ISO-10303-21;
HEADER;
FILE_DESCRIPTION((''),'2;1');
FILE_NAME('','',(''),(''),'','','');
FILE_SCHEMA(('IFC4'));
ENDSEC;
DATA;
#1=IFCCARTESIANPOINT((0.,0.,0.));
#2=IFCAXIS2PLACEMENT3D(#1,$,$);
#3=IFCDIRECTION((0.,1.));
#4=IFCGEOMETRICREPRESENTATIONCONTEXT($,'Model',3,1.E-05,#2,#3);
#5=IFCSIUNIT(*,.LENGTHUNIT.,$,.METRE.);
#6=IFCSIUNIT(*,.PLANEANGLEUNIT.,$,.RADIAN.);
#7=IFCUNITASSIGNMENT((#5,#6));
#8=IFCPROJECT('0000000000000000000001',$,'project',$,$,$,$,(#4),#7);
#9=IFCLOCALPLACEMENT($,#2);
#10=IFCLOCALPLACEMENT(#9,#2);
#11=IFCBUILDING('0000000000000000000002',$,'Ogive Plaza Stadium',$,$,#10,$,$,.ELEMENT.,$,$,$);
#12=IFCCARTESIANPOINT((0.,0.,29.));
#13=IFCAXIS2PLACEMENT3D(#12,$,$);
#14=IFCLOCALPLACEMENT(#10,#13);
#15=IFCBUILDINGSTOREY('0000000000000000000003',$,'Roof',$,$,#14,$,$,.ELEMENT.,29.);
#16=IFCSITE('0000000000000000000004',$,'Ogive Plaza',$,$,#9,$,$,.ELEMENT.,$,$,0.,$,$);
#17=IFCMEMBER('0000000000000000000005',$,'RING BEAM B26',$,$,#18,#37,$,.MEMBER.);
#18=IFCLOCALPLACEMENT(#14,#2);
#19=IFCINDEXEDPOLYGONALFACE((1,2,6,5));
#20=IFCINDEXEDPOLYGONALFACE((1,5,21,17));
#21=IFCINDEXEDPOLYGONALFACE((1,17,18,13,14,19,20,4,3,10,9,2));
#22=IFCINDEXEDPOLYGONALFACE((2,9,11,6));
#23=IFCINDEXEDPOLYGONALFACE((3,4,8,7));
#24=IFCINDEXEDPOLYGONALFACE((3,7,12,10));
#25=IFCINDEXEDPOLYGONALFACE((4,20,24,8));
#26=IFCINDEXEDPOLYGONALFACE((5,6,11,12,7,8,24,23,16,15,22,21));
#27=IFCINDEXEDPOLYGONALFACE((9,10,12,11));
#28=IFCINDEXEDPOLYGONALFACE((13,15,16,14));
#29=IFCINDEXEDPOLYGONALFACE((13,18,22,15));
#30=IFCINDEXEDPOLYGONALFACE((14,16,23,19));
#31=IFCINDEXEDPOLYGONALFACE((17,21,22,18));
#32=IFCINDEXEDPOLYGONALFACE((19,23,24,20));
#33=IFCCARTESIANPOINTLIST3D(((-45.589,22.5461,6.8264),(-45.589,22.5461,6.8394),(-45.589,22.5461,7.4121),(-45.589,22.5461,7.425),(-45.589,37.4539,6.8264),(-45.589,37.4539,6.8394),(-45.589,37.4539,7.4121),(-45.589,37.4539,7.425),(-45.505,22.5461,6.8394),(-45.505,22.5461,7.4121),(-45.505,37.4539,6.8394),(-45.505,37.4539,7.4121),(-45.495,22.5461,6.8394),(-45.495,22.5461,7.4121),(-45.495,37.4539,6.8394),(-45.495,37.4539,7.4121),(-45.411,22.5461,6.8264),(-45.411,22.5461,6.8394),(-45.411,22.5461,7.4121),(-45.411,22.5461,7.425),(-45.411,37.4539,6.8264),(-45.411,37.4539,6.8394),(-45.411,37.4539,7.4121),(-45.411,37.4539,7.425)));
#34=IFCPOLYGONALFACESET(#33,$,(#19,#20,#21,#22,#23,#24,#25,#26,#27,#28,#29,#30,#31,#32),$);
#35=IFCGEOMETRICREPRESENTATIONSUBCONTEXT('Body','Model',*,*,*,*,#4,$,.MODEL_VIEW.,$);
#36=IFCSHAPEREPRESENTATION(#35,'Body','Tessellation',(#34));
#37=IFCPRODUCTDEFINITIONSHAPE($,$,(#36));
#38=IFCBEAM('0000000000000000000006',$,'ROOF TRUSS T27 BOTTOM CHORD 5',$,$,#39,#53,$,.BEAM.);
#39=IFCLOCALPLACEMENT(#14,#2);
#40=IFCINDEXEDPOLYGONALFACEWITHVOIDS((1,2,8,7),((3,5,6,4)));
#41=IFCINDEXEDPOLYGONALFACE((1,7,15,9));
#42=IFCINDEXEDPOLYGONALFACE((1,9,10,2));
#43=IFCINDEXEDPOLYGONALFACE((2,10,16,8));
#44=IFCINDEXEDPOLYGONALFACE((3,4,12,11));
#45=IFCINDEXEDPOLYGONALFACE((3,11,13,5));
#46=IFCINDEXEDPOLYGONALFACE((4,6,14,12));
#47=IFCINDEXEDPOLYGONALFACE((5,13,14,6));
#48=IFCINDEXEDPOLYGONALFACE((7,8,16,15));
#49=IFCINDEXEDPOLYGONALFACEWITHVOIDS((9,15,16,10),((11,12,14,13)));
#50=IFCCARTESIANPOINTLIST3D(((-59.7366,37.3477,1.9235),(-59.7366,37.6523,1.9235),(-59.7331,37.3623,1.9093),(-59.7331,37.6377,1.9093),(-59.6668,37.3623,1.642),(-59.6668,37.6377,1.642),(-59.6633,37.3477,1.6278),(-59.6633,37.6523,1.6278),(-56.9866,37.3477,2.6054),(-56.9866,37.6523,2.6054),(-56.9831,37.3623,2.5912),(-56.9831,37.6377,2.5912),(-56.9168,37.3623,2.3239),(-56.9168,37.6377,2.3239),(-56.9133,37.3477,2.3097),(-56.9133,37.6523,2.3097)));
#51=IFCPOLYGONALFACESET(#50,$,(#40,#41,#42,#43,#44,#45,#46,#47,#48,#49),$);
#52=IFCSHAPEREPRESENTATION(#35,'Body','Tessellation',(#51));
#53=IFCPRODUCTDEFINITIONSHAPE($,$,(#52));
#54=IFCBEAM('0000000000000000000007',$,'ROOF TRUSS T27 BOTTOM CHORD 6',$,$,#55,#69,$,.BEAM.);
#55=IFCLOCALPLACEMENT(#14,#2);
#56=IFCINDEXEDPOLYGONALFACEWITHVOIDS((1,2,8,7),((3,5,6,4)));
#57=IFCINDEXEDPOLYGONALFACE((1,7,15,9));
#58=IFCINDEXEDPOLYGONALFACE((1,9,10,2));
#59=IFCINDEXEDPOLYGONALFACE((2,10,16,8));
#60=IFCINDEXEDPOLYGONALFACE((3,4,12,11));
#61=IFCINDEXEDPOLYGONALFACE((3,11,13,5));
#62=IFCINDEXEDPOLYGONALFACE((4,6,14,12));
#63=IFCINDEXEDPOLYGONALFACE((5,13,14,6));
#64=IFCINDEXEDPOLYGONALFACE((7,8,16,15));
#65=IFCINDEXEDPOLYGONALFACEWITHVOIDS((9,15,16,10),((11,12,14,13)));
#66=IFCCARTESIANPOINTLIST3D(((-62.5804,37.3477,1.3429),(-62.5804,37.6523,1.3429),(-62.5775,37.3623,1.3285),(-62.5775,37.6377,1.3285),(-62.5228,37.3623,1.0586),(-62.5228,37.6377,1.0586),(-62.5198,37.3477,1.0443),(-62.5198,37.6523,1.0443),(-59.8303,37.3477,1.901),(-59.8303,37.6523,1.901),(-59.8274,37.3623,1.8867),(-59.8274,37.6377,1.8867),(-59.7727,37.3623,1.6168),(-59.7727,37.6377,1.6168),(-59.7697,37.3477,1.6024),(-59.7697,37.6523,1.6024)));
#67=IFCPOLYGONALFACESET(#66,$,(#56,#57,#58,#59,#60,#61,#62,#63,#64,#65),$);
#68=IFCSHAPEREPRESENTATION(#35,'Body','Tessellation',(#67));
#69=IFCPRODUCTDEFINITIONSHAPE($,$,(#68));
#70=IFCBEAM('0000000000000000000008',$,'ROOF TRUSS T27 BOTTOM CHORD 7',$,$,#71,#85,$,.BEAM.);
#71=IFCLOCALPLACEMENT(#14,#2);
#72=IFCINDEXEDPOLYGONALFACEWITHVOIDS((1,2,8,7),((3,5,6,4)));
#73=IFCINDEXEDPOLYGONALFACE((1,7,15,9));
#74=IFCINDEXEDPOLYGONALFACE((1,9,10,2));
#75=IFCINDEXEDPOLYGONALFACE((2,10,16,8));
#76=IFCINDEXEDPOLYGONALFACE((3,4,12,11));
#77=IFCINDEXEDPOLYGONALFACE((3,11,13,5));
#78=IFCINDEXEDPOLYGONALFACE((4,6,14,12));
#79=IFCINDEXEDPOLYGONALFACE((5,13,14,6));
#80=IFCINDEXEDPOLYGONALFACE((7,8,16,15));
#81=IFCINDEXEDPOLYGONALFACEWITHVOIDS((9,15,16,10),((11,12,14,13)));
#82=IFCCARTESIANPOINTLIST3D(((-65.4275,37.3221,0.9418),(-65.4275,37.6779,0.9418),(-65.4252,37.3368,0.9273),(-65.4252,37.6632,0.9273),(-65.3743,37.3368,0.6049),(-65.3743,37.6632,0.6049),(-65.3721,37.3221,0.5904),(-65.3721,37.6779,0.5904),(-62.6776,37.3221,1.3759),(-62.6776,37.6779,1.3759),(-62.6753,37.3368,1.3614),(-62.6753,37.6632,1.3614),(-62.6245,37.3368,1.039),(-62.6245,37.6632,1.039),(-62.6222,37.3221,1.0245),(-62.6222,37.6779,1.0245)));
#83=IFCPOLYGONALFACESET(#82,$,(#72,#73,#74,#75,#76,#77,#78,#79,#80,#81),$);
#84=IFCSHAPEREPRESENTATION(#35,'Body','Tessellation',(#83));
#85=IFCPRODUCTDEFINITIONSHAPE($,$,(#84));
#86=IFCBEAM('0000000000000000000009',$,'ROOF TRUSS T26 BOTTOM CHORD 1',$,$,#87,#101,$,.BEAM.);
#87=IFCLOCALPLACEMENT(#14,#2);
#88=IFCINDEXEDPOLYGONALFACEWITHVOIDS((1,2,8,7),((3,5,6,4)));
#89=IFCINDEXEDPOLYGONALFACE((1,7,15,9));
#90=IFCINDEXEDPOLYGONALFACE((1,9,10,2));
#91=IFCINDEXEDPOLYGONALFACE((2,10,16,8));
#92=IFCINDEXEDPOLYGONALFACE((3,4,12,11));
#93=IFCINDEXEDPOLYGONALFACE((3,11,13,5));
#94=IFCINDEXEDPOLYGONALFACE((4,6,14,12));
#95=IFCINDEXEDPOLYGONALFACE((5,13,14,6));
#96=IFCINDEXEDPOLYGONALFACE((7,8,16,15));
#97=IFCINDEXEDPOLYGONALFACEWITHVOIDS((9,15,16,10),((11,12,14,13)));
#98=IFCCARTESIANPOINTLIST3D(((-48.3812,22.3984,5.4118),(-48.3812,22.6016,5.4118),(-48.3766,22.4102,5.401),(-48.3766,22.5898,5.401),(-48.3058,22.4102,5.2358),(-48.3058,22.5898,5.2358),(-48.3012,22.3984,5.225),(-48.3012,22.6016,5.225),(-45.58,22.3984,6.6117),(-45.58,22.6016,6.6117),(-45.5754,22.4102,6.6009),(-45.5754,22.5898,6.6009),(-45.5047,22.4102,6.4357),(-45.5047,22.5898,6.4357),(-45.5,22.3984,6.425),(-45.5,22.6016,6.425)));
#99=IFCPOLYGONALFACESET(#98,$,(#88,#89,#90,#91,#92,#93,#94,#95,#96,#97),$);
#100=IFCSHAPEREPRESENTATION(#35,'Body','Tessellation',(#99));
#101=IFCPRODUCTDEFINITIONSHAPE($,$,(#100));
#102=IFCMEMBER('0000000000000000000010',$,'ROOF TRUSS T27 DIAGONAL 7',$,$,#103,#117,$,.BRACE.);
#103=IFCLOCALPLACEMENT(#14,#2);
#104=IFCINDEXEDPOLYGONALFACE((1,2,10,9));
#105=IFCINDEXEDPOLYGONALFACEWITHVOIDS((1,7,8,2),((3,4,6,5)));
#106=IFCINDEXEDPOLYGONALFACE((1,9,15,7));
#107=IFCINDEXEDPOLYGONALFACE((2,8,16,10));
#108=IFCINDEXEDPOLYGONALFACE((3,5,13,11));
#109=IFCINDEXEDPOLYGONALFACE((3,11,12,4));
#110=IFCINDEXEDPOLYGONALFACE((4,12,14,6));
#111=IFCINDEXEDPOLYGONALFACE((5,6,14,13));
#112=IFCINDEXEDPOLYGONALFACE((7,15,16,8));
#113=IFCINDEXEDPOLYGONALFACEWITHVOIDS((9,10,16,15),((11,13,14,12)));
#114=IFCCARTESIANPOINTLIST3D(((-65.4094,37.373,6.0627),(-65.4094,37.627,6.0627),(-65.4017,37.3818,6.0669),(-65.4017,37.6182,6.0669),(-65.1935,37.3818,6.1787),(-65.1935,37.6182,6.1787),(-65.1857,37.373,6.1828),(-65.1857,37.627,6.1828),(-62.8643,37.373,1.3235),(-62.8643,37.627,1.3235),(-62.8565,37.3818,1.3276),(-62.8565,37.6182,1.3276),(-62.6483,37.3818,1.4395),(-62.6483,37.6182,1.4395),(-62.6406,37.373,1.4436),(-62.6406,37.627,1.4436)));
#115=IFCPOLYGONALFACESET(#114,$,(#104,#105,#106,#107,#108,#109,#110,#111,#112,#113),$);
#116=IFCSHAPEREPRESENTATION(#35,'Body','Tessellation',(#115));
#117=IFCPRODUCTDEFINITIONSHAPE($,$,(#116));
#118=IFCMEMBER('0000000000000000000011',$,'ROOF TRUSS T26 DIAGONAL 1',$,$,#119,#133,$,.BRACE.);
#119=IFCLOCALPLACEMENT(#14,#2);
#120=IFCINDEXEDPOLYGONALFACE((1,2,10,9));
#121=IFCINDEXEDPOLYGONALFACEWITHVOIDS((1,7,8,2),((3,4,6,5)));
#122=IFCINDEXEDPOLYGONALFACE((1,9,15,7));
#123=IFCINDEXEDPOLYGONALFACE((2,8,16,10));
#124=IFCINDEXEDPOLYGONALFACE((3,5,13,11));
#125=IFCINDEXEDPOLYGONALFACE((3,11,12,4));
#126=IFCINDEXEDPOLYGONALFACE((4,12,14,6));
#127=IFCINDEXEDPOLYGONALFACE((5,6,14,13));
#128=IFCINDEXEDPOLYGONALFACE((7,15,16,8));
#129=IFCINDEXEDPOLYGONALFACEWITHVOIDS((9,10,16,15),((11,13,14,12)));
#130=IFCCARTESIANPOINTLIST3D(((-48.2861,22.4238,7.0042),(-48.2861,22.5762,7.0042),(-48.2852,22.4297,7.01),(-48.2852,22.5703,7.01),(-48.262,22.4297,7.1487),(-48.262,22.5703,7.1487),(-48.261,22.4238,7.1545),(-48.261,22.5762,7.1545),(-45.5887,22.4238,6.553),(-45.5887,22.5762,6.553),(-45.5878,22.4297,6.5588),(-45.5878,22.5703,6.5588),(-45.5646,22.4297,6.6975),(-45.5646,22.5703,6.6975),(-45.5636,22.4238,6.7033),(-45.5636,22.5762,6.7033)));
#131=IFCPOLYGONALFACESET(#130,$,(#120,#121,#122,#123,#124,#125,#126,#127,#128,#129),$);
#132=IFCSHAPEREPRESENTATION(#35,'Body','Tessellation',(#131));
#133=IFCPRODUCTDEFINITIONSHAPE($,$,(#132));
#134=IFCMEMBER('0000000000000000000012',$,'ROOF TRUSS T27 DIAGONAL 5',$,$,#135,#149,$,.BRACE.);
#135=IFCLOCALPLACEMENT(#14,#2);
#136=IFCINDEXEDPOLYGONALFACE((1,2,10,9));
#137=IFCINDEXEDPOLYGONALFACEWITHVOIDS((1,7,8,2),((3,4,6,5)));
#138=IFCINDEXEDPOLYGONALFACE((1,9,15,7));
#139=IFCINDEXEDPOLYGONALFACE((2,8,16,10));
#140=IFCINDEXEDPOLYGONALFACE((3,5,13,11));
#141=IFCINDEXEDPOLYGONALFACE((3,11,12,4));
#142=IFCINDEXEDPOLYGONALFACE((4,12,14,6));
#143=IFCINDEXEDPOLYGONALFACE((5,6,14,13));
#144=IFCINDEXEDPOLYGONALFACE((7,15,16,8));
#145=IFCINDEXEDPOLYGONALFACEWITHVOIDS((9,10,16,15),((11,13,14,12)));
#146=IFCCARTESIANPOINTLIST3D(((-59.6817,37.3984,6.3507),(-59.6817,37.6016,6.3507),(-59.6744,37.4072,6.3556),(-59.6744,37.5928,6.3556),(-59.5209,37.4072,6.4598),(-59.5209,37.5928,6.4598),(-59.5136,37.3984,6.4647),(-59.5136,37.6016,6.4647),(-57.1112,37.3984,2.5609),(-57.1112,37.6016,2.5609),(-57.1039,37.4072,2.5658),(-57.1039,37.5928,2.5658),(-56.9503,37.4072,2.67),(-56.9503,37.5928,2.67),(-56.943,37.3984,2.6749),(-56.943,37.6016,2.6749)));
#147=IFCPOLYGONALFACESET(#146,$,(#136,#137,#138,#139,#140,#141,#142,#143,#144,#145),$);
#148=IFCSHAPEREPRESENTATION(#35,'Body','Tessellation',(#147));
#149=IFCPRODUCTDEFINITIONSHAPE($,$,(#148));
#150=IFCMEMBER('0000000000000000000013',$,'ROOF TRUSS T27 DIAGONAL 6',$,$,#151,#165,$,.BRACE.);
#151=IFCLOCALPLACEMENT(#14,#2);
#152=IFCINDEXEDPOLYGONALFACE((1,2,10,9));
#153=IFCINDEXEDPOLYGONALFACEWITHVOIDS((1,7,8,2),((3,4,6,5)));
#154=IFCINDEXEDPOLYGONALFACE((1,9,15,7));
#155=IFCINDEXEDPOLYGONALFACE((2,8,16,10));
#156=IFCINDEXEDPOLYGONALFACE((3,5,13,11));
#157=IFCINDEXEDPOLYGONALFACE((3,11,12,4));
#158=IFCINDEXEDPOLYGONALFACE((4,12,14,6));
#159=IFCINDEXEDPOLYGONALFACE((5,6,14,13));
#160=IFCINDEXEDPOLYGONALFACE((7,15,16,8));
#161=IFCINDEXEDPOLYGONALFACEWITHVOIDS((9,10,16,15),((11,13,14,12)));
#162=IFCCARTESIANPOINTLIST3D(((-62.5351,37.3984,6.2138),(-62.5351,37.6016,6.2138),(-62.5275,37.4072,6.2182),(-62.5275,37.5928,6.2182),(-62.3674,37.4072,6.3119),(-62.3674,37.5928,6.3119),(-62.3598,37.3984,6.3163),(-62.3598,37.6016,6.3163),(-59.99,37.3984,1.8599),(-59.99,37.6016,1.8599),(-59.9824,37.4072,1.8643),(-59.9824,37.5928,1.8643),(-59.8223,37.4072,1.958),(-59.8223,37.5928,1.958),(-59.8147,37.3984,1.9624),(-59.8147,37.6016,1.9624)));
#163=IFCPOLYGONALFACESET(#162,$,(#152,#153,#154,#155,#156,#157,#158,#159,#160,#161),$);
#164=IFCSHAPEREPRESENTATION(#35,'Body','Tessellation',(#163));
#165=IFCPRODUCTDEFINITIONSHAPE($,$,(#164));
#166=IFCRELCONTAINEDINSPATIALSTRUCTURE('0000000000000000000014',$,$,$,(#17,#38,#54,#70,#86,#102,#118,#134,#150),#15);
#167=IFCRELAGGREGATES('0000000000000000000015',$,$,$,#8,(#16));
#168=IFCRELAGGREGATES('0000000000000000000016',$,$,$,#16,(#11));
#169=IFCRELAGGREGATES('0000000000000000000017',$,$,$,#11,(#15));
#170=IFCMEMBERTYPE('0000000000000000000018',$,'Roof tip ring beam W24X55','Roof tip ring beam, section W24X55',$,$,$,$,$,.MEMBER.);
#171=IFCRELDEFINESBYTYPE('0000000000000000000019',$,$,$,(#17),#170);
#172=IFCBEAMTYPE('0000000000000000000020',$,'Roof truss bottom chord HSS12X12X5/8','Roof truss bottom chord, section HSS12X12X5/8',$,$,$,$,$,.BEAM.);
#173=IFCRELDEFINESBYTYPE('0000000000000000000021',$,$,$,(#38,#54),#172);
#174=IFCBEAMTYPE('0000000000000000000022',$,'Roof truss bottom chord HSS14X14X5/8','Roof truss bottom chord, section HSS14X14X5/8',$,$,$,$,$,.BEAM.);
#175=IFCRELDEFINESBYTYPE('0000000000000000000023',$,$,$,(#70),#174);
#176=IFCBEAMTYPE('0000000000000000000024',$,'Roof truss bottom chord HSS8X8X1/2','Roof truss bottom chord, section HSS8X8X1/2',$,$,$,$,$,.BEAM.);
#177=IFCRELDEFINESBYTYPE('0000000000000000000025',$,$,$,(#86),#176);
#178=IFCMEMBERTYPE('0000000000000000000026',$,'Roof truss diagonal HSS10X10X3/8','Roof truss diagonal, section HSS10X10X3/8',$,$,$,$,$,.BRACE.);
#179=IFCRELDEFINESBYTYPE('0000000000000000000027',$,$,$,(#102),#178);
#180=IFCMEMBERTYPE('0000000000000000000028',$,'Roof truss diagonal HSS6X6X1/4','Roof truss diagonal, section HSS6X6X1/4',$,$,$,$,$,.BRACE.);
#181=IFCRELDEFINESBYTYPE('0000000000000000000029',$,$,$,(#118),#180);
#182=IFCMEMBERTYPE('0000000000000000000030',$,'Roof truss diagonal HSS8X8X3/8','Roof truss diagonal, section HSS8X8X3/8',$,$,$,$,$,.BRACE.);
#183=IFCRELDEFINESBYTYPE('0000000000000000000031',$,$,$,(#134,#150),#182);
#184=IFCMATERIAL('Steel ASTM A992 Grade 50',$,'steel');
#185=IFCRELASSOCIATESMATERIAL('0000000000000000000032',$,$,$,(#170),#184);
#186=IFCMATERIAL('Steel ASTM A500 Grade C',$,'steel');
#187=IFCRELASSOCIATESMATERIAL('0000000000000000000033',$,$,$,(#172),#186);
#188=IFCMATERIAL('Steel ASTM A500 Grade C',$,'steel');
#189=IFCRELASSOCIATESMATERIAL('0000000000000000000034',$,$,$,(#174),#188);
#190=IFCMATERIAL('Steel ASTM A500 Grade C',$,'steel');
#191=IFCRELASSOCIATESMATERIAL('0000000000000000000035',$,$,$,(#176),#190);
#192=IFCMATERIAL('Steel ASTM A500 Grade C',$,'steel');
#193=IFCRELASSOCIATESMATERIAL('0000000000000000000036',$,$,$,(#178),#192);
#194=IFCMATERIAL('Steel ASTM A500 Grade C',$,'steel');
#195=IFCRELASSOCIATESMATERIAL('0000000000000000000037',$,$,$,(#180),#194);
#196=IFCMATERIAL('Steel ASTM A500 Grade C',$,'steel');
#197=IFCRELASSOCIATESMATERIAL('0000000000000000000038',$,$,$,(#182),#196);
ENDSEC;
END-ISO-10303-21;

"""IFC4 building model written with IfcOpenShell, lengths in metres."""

from ifc_helpers import new_model, si_unit, direction, frame, origin, origin_2d, place, context, subcontext, project, spatial, hollow_rectangle, i_section, extrude, material, material_profile, profile_set, type_object, element, save


model = new_model("IFC4")

# Units and contexts
model_context = context("Model", 3, precision=1e-05, world=origin(), true_north=direction((0.0, 1.0)))
body_context = subcontext(model_context, "Body", "Model", "MODEL_VIEW")
ifc_project = project(units=[si_unit("LENGTHUNIT", "METRE"), si_unit("PLANEANGLEUNIT", "RADIAN")], contexts=[model_context])

# Site, building, storey
site_placement = place(None, origin())
site = spatial("IfcSite", under=ifc_project, at=site_placement, Name="Ogive Plaza", CompositionType="ELEMENT", RefElevation=0.0)
building_placement = place(site_placement, origin())
building = spatial("IfcBuilding", under=site, at=building_placement, Name="Ogive Plaza Stadium", CompositionType="ELEMENT")
storey_placement = place(building_placement, frame((0.0, 0.0, 29.0)))
storey = spatial("IfcBuildingStorey", under=building, at=storey_placement, Name="Roof", CompositionType="ELEMENT", Elevation=29.0)

# Member
ifc_material_1 = material(Name="Steel ASTM A992 Grade 50", Category="steel")
ifc_material_profile_1 = material_profile(ifc_material_1, i_section(OverallWidth=0.178, OverallDepth=0.5986, WebThickness=0.01, FlangeThickness=0.0129, at=origin_2d()), Name="W24X55")
ifc_profile_set_1 = profile_set([ifc_material_profile_1], Name="Steel ASTM A992 Grade 50")
member_type_1 = type_object("IfcMemberType", Name="Roof tip ring beam W24X55", Description="Roof tip ring beam, section W24X55", PredefinedType="MEMBER", material=ifc_profile_set_1)
member_1_placement = place(storey_placement, frame((-45.5, 22.5461, 7.1257), z_axis=(0.0, 1.0, 0.0), x_axis=(-1.0, 0.0, 0.0)))
element("IfcMember", 1, at=member_1_placement, inside=storey, type_object=member_type_1, Name="RING BEAM B26", PredefinedType="MEMBER", context=body_context, shape_type="SweptSolid", body=[
    extrude(i_section(OverallWidth=0.178, OverallDepth=0.5986, WebThickness=0.01, FlangeThickness=0.0129, at=origin_2d()), origin(), (0.0, 0.0, 1.0), 14.9077),
])

# Beams
ifc_material_2 = material(Name="Steel ASTM A500 Grade C", Category="steel")
ifc_material_profile_2 = material_profile(ifc_material_2, hollow_rectangle(XDim=0.3047, YDim=0.3047, WallThickness=0.0146, at=origin_2d()), Name="HSS12X12X5/8")
ifc_profile_set_2 = profile_set([ifc_material_profile_2], Name="Steel ASTM A500 Grade C")
beam_type_1 = type_object("IfcBeamType", Name="Roof truss bottom chord HSS12X12X5/8", Description="Roof truss bottom chord, section HSS12X12X5/8", PredefinedType="BEAM", material=ifc_profile_set_2)
beam_1_placement = place(storey_placement, frame((-56.95, 37.5, 2.4575), z_axis=(-0.970607, 0.0, -0.24067), x_axis=(0.0, -1.0, 0.0)))
element("IfcBeam", 2, at=beam_1_placement, inside=storey, type_object=beam_type_1, Name="ROOF TRUSS T27 BOTTOM CHORD 5", PredefinedType="BEAM", context=body_context, shape_type="SweptSolid", body=[
    extrude(hollow_rectangle(XDim=0.3047, YDim=0.3047, WallThickness=0.0146, at=origin_2d()), origin(), (0.0, 0.0, 1.0), 2.8333),
])
beam_2_placement = place(storey_placement, frame((-59.8, 37.5, 1.7517), z_axis=(-0.980021, 0.0, -0.198893), x_axis=(0.0, -1.0, 0.0)))
element("IfcBeam", 3, at=beam_2_placement, inside=storey, type_object=beam_type_1, Name="ROOF TRUSS T27 BOTTOM CHORD 6", PredefinedType="BEAM", context=body_context, shape_type="SweptSolid", body=[
    extrude(hollow_rectangle(XDim=0.3047, YDim=0.3047, WallThickness=0.0146, at=origin_2d()), origin(), (0.0, 0.0, 1.0), 2.8062),
])
ifc_material_3 = material(Name="Steel ASTM A500 Grade C", Category="steel")
ifc_material_profile_3 = material_profile(ifc_material_3, hollow_rectangle(XDim=0.3557, YDim=0.3557, WallThickness=0.0146, at=origin_2d()), Name="HSS14X14X5/8")
ifc_profile_set_3 = profile_set([ifc_material_profile_3], Name="Steel ASTM A500 Grade C")
beam_type_2 = type_object("IfcBeamType", Name="Roof truss bottom chord HSS14X14X5/8", Description="Roof truss bottom chord, section HSS14X14X5/8", PredefinedType="BEAM", material=ifc_profile_set_3)
beam_3_placement = place(storey_placement, frame((-62.6499, 37.5, 1.2002), z_axis=(-0.98777, 0.0, -0.155918), x_axis=(0.0, -1.0, 0.0)))
element("IfcBeam", 4, at=beam_3_placement, inside=storey, type_object=beam_type_2, Name="ROOF TRUSS T27 BOTTOM CHORD 7", PredefinedType="BEAM", context=body_context, shape_type="SweptSolid", body=[
    extrude(hollow_rectangle(XDim=0.3557, YDim=0.3557, WallThickness=0.0146, at=origin_2d()), origin(), (0.0, 0.0, 1.0), 2.7839),
])
ifc_material_4 = material(Name="Steel ASTM A500 Grade C", Category="steel")
ifc_material_profile_4 = material_profile(ifc_material_4, hollow_rectangle(XDim=0.2031, YDim=0.2031, WallThickness=0.0117, at=origin_2d()), Name="HSS8X8X1/2")
ifc_profile_set_4 = profile_set([ifc_material_profile_4], Name="Steel ASTM A500 Grade C")
beam_type_3 = type_object("IfcBeamType", Name="Roof truss bottom chord HSS8X8X1/2", Description="Roof truss bottom chord, section HSS8X8X1/2", PredefinedType="BEAM", material=ifc_profile_set_4)
beam_4_placement = place(storey_placement, frame((-45.54, 22.5, 6.5183), z_axis=(-0.919215, 0.0, -0.393755), x_axis=(0.0, -1.0, 0.0)))
element("IfcBeam", 5, at=beam_4_placement, inside=storey, type_object=beam_type_3, Name="ROOF TRUSS T26 BOTTOM CHORD 1", PredefinedType="BEAM", context=body_context, shape_type="SweptSolid", body=[
    extrude(hollow_rectangle(XDim=0.2031, YDim=0.2031, WallThickness=0.0117, at=origin_2d()), origin(), (0.0, 0.0, 1.0), 3.0474),
])

# Members
ifc_material_5 = material(Name="Steel ASTM A500 Grade C", Category="steel")
ifc_material_profile_5 = material_profile(ifc_material_5, hollow_rectangle(XDim=0.2539, YDim=0.2539, WallThickness=0.0088, at=origin_2d()), Name="HSS10X10X3/8")
ifc_profile_set_5 = profile_set([ifc_material_profile_5], Name="Steel ASTM A500 Grade C")
member_type_2 = type_object("IfcMemberType", Name="Roof truss diagonal HSS10X10X3/8", Description="Roof truss diagonal, section HSS10X10X3/8", PredefinedType="BRACE", material=ifc_profile_set_5)
member_2_placement = place(storey_placement, frame((-62.7524, 37.5, 1.3835), z_axis=(-0.473128, 0.0, 0.880994), x_axis=(0.0, -1.0, 0.0)))
element("IfcMember", 6, at=member_2_placement, inside=storey, type_object=member_type_2, Name="ROOF TRUSS T27 DIAGONAL 7", PredefinedType="BRACE", context=body_context, shape_type="SweptSolid", body=[
    extrude(hollow_rectangle(XDim=0.2539, YDim=0.2539, WallThickness=0.0088, at=origin_2d()), origin(), (0.0, 0.0, 1.0), 5.3794),
])
ifc_material_6 = material(Name="Steel ASTM A500 Grade C", Category="steel")
ifc_material_profile_6 = material_profile(ifc_material_6, hollow_rectangle(XDim=0.1523, YDim=0.1523, WallThickness=0.0059, at=origin_2d()), Name="HSS6X6X1/4")
ifc_profile_set_6 = profile_set([ifc_material_profile_6], Name="Steel ASTM A500 Grade C")
member_type_3 = type_object("IfcMemberType", Name="Roof truss diagonal HSS6X6X1/4", Description="Roof truss diagonal, section HSS6X6X1/4", PredefinedType="BRACE", material=ifc_profile_set_6)
member_3_placement = place(storey_placement, frame((-45.5762, 22.5, 6.6282), z_axis=(-0.9863, 0.0, 0.164964), x_axis=(0.0, -1.0, 0.0)))
element("IfcMember", 7, at=member_3_placement, inside=storey, type_object=member_type_3, Name="ROOF TRUSS T26 DIAGONAL 1", PredefinedType="BRACE", context=body_context, shape_type="SweptSolid", body=[
    extrude(hollow_rectangle(XDim=0.1523, YDim=0.1523, WallThickness=0.0059, at=origin_2d()), origin(), (0.0, 0.0, 1.0), 2.7349),
])
ifc_material_7 = material(Name="Steel ASTM A500 Grade C", Category="steel")
ifc_material_profile_7 = material_profile(ifc_material_7, hollow_rectangle(XDim=0.2031, YDim=0.2031, WallThickness=0.0088, at=origin_2d()), Name="HSS8X8X3/8")
ifc_profile_set_7 = profile_set([ifc_material_profile_7], Name="Steel ASTM A500 Grade C")
member_type_4 = type_object("IfcMemberType", Name="Roof truss diagonal HSS8X8X3/8", Description="Roof truss diagonal, section HSS8X8X3/8", PredefinedType="BRACE", material=ifc_profile_set_7)
member_4_placement = place(storey_placement, frame((-57.0271, 37.5, 2.6179), z_axis=(-0.561338, 0.0, 0.827586), x_axis=(0.0, -1.0, 0.0)))
element("IfcMember", 8, at=member_4_placement, inside=storey, type_object=member_type_4, Name="ROOF TRUSS T27 DIAGONAL 5", PredefinedType="BRACE", context=body_context, shape_type="SweptSolid", body=[
    extrude(hollow_rectangle(XDim=0.2031, YDim=0.2031, WallThickness=0.0088, at=origin_2d()), origin(), (0.0, 0.0, 1.0), 4.5793),
])
member_5_placement = place(storey_placement, frame((-59.9023, 37.5, 1.9111), z_axis=(-0.504659, 0.0, 0.863319), x_axis=(0.0, -1.0, 0.0)))
element("IfcMember", 9, at=member_5_placement, inside=storey, type_object=member_type_4, Name="ROOF TRUSS T27 DIAGONAL 6", PredefinedType="BRACE", context=body_context, shape_type="SweptSolid", body=[
    extrude(hollow_rectangle(XDim=0.2031, YDim=0.2031, WallThickness=0.0088, at=origin_2d()), origin(), (0.0, 0.0, 1.0), 5.0432),
])

save(model, "model.ifc")
